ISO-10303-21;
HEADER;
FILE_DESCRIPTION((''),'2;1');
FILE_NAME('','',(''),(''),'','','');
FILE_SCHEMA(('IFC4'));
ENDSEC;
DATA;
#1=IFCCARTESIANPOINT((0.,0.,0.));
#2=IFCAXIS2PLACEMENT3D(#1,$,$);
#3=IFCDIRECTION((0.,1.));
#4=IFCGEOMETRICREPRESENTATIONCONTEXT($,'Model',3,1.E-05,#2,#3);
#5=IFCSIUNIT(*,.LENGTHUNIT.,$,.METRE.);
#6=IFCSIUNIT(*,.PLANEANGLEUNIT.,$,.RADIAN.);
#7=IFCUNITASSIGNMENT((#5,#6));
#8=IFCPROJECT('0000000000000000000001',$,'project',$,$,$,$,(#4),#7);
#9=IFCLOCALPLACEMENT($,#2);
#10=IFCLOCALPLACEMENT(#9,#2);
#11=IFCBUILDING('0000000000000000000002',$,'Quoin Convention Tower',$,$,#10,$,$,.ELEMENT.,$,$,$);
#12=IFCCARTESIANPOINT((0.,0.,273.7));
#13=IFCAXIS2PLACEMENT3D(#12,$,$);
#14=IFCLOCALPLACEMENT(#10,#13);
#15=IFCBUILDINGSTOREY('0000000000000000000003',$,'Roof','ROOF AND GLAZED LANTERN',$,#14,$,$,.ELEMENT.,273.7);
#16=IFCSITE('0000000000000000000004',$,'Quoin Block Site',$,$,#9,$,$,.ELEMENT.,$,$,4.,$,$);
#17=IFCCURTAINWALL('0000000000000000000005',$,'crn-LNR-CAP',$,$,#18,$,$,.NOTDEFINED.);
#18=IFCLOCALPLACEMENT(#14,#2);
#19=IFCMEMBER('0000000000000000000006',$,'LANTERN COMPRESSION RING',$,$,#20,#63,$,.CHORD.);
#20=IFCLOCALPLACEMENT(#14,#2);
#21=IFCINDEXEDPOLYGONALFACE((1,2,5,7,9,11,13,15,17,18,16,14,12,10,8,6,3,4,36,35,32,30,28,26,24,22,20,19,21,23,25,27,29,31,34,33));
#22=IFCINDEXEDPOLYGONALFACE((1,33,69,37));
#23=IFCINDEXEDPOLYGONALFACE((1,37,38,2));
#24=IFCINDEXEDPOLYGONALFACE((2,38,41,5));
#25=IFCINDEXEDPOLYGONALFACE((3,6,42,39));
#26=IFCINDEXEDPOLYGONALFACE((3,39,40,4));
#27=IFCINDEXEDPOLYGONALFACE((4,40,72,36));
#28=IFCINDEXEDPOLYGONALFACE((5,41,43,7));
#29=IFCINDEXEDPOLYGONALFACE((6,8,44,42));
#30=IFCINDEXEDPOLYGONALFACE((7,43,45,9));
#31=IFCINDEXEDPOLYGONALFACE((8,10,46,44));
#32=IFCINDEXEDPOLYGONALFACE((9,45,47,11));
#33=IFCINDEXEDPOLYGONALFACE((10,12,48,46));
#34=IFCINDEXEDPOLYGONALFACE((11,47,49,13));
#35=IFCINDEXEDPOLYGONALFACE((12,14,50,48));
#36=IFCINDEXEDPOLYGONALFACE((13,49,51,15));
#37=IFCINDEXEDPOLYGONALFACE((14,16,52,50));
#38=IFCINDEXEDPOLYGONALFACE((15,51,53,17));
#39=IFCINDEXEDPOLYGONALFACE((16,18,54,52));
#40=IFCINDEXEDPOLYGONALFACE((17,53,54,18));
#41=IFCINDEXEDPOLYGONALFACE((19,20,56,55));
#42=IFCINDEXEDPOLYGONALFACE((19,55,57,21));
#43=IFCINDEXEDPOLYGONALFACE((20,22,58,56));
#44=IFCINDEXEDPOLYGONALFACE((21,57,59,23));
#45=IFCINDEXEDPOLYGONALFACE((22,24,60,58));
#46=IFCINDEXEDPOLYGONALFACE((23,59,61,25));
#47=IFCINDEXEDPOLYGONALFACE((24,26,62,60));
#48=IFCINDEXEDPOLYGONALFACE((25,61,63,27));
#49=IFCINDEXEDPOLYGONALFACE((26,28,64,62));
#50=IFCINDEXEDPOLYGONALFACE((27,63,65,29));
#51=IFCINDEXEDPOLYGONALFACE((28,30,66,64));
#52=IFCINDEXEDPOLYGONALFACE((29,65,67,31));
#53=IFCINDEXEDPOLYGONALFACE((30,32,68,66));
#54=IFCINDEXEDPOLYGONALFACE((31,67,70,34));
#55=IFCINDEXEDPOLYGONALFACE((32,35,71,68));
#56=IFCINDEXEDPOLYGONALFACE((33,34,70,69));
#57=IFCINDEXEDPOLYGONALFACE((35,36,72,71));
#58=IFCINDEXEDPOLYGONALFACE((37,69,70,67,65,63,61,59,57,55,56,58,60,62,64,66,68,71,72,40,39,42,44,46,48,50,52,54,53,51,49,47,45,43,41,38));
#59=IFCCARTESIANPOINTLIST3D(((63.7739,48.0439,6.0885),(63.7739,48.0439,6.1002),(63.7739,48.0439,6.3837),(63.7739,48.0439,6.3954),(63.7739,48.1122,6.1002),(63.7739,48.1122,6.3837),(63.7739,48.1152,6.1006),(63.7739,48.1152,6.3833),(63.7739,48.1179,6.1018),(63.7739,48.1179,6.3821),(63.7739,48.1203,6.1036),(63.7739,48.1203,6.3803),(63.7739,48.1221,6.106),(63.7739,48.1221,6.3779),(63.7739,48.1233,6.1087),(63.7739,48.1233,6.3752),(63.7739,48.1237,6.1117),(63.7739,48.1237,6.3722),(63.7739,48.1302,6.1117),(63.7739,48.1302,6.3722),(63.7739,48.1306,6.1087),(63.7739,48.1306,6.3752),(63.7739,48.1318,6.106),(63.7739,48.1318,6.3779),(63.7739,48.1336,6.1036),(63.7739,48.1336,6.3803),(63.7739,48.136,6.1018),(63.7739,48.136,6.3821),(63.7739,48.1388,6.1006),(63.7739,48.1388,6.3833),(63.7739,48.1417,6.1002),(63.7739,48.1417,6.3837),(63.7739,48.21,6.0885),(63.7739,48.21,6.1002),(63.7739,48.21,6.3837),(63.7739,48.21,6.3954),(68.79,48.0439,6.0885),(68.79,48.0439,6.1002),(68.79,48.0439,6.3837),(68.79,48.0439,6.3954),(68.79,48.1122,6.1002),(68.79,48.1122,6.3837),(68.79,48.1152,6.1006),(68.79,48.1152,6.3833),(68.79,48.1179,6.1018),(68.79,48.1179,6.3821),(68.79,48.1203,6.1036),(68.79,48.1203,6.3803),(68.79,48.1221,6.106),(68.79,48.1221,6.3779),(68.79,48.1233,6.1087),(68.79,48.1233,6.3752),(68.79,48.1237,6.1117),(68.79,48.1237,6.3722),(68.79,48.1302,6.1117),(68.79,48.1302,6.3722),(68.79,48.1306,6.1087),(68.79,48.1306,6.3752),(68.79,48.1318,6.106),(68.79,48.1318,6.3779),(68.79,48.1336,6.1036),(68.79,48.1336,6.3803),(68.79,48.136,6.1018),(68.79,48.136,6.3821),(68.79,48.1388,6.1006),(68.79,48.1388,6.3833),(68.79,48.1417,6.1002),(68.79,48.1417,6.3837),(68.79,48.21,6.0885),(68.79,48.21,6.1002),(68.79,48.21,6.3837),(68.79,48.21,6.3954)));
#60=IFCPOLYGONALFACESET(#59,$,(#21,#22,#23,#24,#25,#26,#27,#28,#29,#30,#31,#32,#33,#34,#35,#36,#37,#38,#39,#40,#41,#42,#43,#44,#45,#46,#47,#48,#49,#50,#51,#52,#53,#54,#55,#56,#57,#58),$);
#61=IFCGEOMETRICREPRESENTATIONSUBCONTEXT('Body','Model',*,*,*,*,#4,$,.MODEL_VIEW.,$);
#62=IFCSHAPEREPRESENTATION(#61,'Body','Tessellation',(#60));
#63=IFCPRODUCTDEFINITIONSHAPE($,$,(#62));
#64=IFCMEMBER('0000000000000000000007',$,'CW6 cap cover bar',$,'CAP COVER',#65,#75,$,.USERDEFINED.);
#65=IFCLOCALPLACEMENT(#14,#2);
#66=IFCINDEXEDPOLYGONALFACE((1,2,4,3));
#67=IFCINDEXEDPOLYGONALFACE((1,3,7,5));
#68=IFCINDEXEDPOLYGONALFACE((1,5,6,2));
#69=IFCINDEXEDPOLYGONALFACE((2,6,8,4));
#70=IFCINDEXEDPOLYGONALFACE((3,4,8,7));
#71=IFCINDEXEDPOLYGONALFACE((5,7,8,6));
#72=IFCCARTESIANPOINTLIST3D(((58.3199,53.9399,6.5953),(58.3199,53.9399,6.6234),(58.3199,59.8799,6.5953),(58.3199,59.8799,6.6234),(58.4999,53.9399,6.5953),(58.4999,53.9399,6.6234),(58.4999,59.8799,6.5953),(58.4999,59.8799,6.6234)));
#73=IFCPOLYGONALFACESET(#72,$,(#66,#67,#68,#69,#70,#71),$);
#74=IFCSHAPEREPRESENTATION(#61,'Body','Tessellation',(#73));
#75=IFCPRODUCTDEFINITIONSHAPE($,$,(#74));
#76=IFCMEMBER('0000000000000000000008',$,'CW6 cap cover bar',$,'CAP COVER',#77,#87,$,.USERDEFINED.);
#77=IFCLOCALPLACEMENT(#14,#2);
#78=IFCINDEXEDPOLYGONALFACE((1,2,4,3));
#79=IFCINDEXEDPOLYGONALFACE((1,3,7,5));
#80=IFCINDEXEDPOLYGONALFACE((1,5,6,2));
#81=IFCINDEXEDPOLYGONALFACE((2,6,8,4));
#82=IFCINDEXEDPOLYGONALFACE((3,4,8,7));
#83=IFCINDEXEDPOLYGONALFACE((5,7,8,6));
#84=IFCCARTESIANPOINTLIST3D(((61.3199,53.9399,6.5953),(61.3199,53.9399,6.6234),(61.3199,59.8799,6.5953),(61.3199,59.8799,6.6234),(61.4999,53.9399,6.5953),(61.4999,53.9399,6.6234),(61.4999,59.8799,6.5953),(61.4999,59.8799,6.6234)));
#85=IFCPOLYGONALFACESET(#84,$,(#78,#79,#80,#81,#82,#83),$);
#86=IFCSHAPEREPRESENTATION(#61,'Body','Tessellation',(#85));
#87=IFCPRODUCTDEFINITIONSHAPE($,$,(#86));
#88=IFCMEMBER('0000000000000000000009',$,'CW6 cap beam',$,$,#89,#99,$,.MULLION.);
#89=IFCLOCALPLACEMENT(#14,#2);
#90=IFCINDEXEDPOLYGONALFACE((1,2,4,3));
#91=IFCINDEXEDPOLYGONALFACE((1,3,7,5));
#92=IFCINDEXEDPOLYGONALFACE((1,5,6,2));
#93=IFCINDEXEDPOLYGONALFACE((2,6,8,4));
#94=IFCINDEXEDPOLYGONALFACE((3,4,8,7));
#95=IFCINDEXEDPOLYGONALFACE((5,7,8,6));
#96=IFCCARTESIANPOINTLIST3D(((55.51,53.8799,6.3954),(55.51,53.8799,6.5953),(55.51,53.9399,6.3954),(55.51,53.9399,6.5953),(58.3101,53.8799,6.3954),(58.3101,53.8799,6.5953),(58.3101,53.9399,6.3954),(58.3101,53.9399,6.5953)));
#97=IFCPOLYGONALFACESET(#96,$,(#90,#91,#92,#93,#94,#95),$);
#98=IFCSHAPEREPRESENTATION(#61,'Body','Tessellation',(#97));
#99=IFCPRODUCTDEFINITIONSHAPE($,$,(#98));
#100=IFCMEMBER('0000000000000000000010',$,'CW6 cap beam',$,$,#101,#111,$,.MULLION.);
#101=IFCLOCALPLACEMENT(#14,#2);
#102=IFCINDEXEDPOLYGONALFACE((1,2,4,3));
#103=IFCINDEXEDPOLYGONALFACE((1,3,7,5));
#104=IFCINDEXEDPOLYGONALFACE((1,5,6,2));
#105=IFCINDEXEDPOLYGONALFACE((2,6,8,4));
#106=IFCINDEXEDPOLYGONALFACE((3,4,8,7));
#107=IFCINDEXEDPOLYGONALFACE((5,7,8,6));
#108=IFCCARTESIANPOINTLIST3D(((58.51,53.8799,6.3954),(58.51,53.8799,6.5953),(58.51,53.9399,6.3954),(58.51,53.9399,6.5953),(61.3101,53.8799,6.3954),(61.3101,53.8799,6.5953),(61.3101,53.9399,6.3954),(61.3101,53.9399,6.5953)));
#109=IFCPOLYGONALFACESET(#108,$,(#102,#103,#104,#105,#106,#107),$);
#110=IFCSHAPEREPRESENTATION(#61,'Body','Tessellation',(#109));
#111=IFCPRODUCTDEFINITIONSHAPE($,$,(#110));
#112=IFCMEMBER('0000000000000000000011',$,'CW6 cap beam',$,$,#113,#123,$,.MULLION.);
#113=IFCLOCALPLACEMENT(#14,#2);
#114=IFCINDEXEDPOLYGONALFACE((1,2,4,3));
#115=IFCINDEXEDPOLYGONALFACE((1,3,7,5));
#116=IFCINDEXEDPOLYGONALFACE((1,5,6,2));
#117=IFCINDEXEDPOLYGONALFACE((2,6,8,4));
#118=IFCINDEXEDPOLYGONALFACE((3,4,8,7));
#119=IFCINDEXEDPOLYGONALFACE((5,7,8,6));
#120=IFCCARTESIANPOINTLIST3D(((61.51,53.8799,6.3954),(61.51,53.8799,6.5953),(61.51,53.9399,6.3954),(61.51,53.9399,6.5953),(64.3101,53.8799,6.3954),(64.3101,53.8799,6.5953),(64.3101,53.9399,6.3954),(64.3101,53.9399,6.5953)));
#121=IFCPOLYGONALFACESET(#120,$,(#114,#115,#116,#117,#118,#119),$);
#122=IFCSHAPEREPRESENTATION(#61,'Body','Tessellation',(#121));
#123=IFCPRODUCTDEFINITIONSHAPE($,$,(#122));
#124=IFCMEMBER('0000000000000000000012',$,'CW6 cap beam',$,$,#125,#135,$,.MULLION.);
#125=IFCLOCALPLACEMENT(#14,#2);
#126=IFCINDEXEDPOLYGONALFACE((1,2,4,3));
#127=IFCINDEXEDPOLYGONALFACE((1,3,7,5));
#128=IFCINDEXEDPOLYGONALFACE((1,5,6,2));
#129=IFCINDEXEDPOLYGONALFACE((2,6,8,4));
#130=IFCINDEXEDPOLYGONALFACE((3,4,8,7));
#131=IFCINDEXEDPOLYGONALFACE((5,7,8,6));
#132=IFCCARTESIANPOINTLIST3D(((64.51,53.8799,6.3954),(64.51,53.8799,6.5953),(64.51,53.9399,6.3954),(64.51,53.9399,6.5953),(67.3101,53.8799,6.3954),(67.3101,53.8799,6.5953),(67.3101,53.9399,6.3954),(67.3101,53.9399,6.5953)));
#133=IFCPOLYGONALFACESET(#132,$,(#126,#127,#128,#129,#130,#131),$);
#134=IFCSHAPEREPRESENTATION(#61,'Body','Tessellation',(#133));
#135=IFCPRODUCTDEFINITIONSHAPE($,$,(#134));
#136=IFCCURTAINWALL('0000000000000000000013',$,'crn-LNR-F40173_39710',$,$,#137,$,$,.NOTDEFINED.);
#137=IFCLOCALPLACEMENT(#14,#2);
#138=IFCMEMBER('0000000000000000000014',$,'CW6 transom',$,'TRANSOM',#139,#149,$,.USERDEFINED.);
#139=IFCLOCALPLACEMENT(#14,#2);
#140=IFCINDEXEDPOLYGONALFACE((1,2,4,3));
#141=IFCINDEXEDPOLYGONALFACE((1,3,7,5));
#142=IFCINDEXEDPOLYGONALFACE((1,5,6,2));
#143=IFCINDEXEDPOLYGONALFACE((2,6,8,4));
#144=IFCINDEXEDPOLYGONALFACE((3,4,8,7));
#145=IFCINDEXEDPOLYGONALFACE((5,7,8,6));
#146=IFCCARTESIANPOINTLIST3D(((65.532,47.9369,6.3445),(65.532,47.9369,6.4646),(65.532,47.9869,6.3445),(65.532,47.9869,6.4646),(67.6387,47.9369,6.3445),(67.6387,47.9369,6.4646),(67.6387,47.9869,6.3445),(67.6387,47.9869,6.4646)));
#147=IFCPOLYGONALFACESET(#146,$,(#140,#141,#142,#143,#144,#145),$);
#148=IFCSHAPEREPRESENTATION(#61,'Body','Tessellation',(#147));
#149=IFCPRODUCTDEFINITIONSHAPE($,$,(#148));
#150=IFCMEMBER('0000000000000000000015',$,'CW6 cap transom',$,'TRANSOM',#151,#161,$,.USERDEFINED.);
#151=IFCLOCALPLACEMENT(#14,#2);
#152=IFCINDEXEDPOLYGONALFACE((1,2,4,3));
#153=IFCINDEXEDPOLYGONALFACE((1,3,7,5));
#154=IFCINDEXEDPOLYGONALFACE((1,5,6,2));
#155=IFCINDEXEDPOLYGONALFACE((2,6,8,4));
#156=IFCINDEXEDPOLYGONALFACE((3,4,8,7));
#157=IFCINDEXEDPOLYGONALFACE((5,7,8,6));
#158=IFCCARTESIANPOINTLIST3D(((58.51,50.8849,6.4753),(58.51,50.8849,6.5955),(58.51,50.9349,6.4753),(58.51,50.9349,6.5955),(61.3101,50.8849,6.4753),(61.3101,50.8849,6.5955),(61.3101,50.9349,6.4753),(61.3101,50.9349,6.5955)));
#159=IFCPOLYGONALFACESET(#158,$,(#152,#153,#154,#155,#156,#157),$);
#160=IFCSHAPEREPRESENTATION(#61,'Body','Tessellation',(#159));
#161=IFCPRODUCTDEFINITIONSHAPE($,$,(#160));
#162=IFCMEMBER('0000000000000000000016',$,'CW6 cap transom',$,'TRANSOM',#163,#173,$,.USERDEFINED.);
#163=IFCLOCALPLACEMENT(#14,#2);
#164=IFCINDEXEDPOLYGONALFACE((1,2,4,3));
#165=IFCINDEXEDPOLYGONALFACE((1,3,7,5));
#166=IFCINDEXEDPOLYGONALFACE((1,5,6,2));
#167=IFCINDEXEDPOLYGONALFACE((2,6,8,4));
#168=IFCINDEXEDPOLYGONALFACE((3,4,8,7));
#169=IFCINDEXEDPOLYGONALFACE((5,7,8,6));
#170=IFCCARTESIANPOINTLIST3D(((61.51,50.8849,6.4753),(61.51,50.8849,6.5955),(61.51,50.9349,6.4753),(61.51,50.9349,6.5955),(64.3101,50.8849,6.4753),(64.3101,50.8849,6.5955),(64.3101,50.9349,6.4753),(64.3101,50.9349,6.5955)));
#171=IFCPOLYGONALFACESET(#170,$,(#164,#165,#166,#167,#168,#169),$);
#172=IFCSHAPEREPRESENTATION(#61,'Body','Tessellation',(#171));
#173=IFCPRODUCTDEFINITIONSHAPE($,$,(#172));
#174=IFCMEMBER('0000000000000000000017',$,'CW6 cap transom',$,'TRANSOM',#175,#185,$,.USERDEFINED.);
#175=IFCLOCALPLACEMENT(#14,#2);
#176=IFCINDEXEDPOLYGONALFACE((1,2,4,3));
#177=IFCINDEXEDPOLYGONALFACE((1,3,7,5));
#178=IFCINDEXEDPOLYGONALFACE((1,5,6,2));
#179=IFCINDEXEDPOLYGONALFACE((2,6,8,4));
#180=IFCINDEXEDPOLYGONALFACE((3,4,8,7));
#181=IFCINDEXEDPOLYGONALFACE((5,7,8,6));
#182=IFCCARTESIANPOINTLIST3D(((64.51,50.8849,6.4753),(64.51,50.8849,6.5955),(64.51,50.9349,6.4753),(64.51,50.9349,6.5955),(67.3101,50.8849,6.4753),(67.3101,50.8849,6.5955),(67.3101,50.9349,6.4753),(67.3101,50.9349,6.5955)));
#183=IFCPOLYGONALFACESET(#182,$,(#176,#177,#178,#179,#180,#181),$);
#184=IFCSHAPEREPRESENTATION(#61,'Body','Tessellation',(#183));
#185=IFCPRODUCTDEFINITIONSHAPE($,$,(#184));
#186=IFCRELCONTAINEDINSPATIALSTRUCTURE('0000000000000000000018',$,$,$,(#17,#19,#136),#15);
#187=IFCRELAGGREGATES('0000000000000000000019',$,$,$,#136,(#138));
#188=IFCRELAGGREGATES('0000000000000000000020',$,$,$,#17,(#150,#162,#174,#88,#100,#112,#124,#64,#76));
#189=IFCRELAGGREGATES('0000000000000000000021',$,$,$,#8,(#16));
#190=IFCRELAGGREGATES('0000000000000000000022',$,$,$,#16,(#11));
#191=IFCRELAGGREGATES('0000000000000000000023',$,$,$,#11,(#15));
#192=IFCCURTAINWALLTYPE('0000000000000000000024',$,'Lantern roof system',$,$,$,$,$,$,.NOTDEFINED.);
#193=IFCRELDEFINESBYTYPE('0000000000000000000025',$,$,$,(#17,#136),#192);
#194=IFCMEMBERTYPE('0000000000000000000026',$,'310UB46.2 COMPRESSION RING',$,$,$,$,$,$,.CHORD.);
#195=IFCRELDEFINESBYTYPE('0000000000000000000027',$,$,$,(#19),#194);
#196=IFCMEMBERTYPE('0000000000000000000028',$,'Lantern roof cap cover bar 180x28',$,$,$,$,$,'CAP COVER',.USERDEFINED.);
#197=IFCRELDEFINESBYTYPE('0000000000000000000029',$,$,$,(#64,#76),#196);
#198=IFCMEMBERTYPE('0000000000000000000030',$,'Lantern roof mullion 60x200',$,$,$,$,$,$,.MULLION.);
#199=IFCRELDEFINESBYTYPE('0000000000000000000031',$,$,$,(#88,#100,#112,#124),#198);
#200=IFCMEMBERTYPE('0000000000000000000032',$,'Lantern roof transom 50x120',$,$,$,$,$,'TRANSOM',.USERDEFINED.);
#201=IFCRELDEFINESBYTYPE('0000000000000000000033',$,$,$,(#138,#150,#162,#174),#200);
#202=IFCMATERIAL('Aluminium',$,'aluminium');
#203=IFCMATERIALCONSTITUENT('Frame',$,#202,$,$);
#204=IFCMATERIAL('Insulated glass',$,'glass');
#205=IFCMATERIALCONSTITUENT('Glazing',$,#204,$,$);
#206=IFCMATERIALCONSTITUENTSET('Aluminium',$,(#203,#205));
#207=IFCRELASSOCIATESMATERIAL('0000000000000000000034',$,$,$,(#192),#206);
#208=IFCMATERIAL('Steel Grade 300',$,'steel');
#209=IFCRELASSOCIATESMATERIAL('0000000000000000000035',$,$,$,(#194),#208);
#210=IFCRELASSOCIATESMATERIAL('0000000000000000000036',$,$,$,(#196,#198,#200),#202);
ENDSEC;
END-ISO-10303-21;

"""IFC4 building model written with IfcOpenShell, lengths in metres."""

from ifc_helpers import new_model, si_unit, direction, frame, origin, origin_2d, place, context, subcontext, project, spatial, rectangle, i_section, extrude, material, constituent, constituent_set, material_profile, profile_set, type_object, element, aggregate, save


model = new_model("IFC4")

# Units and contexts
model_context = context("Model", 3, precision=1e-05, world=origin(), true_north=direction((0.0, 1.0)))
body_context = subcontext(model_context, "Body", "Model", "MODEL_VIEW")
ifc_project = project(units=[si_unit("LENGTHUNIT", "METRE"), si_unit("PLANEANGLEUNIT", "RADIAN")], contexts=[model_context])

# Site, building, storey
site_placement = place(None, origin())
site = spatial("IfcSite", under=ifc_project, at=site_placement, Name="Quoin Block Site", CompositionType="ELEMENT", RefElevation=4.0)
building_placement = place(site_placement, origin())
building = spatial("IfcBuilding", under=site, at=building_placement, Name="Quoin Convention Tower", CompositionType="ELEMENT")
storey_placement = place(building_placement, frame((0.0, 0.0, 273.7)))
storey = spatial("IfcBuildingStorey", under=building, at=storey_placement, Name="Roof", Description="ROOF AND GLAZED LANTERN", CompositionType="ELEMENT", Elevation=273.7)

# Curtain wall
ifc_material_1 = material(Name="Aluminium", Category="aluminium")
ifc_constituent_1 = constituent(ifc_material_1, Name="Frame")
ifc_material_2 = material(Name="Insulated glass", Category="glass")
ifc_constituent_2 = constituent(ifc_material_2, Name="Glazing")
ifc_constituent_set = constituent_set(constituents=[ifc_constituent_1, ifc_constituent_2], Name="Aluminium")
curtain_wall_type = type_object("IfcCurtainWallType", Name="Lantern roof system", PredefinedType="NOTDEFINED", material=ifc_constituent_set)
curtain_wall_1_placement = place(storey_placement, origin())
curtain_wall_1 = element("IfcCurtainWall", 1, at=curtain_wall_1_placement, inside=storey, type_object=curtain_wall_type, Name="crn-LNR-CAP", PredefinedType="NOTDEFINED")

# Member
ifc_material_3 = material(Name="Steel Grade 300", Category="steel")
ifc_material_profile_1 = material_profile(ifc_material_3, i_section(OverallWidth=0.166, OverallDepth=0.3069, WebThickness=0.0066, FlangeThickness=0.0117, FilletRadius=0.0115, at=origin_2d()), Name="310UB46.2")
ifc_profile_set_1 = profile_set([ifc_material_profile_1], Name="Steel Grade 300")
member_type_1 = type_object("IfcMemberType", Name="310UB46.2 COMPRESSION RING", PredefinedType="CHORD", material=ifc_profile_set_1)
member_1_placement = place(storey_placement, frame((63.7739, 48.127, 6.2419), z_axis=(1.0, 0.0, 0.0), x_axis=(0.0, 1.0, 0.0)))
element("IfcMember", 2, at=member_1_placement, inside=storey, type_object=member_type_1, Name="LANTERN COMPRESSION RING", PredefinedType="CHORD", context=body_context, shape_type="SweptSolid", body=[
    extrude(i_section(OverallWidth=0.166, OverallDepth=0.3069, WebThickness=0.0066, FlangeThickness=0.0117, FilletRadius=0.0115, at=origin_2d()), origin(), (0.0, 0.0, 1.0), 5.0161),
])

# Members
ifc_material_profile_2 = material_profile(ifc_material_1, rectangle(XDim=0.0281, YDim=0.1799, at=origin_2d()), Name="Lantern roof cap cover bar 180x28")
ifc_profile_set_2 = profile_set([ifc_material_profile_2], Name="Aluminium")
member_type_2 = type_object("IfcMemberType", Name="Lantern roof cap cover bar 180x28", ElementType="CAP COVER", PredefinedType="USERDEFINED", material=ifc_profile_set_2)
member_2_placement = place(storey_placement, frame((58.4099, 53.9399, 6.6094), z_axis=(0.0, 1.0, 0.0), x_axis=(0.0, 0.0, 1.0)))
member_2 = element("IfcMember", 3, at=member_2_placement, type_object=member_type_2, Name="CW6 cap cover bar", ObjectType="CAP COVER", PredefinedType="USERDEFINED", context=body_context, shape_type="SweptSolid", body=[
    extrude(rectangle(XDim=0.0281, YDim=0.1799, at=origin_2d()), origin(), (0.0, 0.0, 1.0), 5.9399),
])
member_3_placement = place(storey_placement, frame((61.4099, 53.9399, 6.6094), z_axis=(0.0, 1.0, 0.0), x_axis=(0.0, 0.0, 1.0)))
member_3 = element("IfcMember", 4, at=member_3_placement, type_object=member_type_2, Name="CW6 cap cover bar", ObjectType="CAP COVER", PredefinedType="USERDEFINED", context=body_context, shape_type="SweptSolid", body=[
    extrude(rectangle(XDim=0.0281, YDim=0.1799, at=origin_2d()), origin(), (0.0, 0.0, 1.0), 5.9399),
])
ifc_material_profile_3 = material_profile(ifc_material_1, rectangle(XDim=0.2, YDim=0.0601, at=origin_2d()), Name="Lantern roof mullion 60x200")
ifc_profile_set_3 = profile_set([ifc_material_profile_3], Name="Aluminium")
member_type_3 = type_object("IfcMemberType", Name="Lantern roof mullion 60x200", PredefinedType="MULLION", material=ifc_profile_set_3)
member_4_placement = place(storey_placement, frame((55.51, 53.9099, 6.4954), z_axis=(1.0, 0.0, 0.0), x_axis=(0.0, 0.0, 1.0)))
member_4 = element("IfcMember", 5, at=member_4_placement, type_object=member_type_3, Name="CW6 cap beam", PredefinedType="MULLION", context=body_context, shape_type="SweptSolid", body=[
    extrude(rectangle(XDim=0.2, YDim=0.0601, at=origin_2d()), origin(), (0.0, 0.0, 1.0), 2.8),
])
member_5_placement = place(storey_placement, frame((58.51, 53.9099, 6.4954), z_axis=(1.0, 0.0, 0.0), x_axis=(0.0, 0.0, 1.0)))
member_5 = element("IfcMember", 6, at=member_5_placement, type_object=member_type_3, Name="CW6 cap beam", PredefinedType="MULLION", context=body_context, shape_type="SweptSolid", body=[
    extrude(rectangle(XDim=0.2, YDim=0.0601, at=origin_2d()), origin(), (0.0, 0.0, 1.0), 2.8),
])
member_6_placement = place(storey_placement, frame((61.51, 53.9099, 6.4954), z_axis=(1.0, 0.0, 0.0), x_axis=(0.0, 0.0, 1.0)))
member_6 = element("IfcMember", 7, at=member_6_placement, type_object=member_type_3, Name="CW6 cap beam", PredefinedType="MULLION", context=body_context, shape_type="SweptSolid", body=[
    extrude(rectangle(XDim=0.2, YDim=0.0601, at=origin_2d()), origin(), (0.0, 0.0, 1.0), 2.8),
])
member_7_placement = place(storey_placement, frame((64.51, 53.9099, 6.4954), z_axis=(1.0, 0.0, 0.0), x_axis=(0.0, 0.0, 1.0)))
member_7 = element("IfcMember", 8, at=member_7_placement, type_object=member_type_3, Name="CW6 cap beam", PredefinedType="MULLION", context=body_context, shape_type="SweptSolid", body=[
    extrude(rectangle(XDim=0.2, YDim=0.0601, at=origin_2d()), origin(), (0.0, 0.0, 1.0), 2.8),
])

# Curtain wall, member
curtain_wall_2_placement = place(storey_placement, origin())
curtain_wall_2 = element("IfcCurtainWall", 9, at=curtain_wall_2_placement, inside=storey, type_object=curtain_wall_type, Name="crn-LNR-F40173_39710", PredefinedType="NOTDEFINED")
ifc_material_profile_4 = material_profile(ifc_material_1, rectangle(XDim=0.1201, YDim=0.05, at=origin_2d()), Name="Lantern roof transom 50x120")
ifc_profile_set_4 = profile_set([ifc_material_profile_4], Name="Aluminium")
member_type_4 = type_object("IfcMemberType", Name="Lantern roof transom 50x120", ElementType="TRANSOM", PredefinedType="USERDEFINED", material=ifc_profile_set_4)
member_8_placement = place(storey_placement, frame((65.532, 47.9619, 6.4045), z_axis=(1.0, 0.0, 0.0), x_axis=(0.0, 0.0, 1.0)))
member_8 = element("IfcMember", 10, at=member_8_placement, type_object=member_type_4, Name="CW6 transom", ObjectType="TRANSOM", PredefinedType="USERDEFINED", context=body_context, shape_type="SweptSolid", body=[
    extrude(rectangle(XDim=0.1201, YDim=0.05, at=origin_2d()), origin(), (0.0, 0.0, 1.0), 2.1067),
])
aggregate(curtain_wall_2, [member_8])

# Members
member_9_placement = place(storey_placement, frame((58.51, 50.9099, 6.5354), z_axis=(1.0, 0.0, 0.0), x_axis=(0.0, 0.0, 1.0)))
member_9 = element("IfcMember", 11, at=member_9_placement, type_object=member_type_4, Name="CW6 cap transom", ObjectType="TRANSOM", PredefinedType="USERDEFINED", context=body_context, shape_type="SweptSolid", body=[
    extrude(rectangle(XDim=0.1201, YDim=0.05, at=origin_2d()), origin(), (0.0, 0.0, 1.0), 2.8),
])
member_10_placement = place(storey_placement, frame((61.51, 50.9099, 6.5354), z_axis=(1.0, 0.0, 0.0), x_axis=(0.0, 0.0, 1.0)))
member_10 = element("IfcMember", 12, at=member_10_placement, type_object=member_type_4, Name="CW6 cap transom", ObjectType="TRANSOM", PredefinedType="USERDEFINED", context=body_context, shape_type="SweptSolid", body=[
    extrude(rectangle(XDim=0.1201, YDim=0.05, at=origin_2d()), origin(), (0.0, 0.0, 1.0), 2.8),
])
member_11_placement = place(storey_placement, frame((64.51, 50.9099, 6.5354), z_axis=(1.0, 0.0, 0.0), x_axis=(0.0, 0.0, 1.0)))
member_11 = element("IfcMember", 13, at=member_11_placement, type_object=member_type_4, Name="CW6 cap transom", ObjectType="TRANSOM", PredefinedType="USERDEFINED", context=body_context, shape_type="SweptSolid", body=[
    extrude(rectangle(XDim=0.1201, YDim=0.05, at=origin_2d()), origin(), (0.0, 0.0, 1.0), 2.8),
])

aggregate(curtain_wall_1, [member_9, member_10, member_11, member_4, member_5, member_6, member_7, member_2, member_3])

save(model, "model.ifc")
